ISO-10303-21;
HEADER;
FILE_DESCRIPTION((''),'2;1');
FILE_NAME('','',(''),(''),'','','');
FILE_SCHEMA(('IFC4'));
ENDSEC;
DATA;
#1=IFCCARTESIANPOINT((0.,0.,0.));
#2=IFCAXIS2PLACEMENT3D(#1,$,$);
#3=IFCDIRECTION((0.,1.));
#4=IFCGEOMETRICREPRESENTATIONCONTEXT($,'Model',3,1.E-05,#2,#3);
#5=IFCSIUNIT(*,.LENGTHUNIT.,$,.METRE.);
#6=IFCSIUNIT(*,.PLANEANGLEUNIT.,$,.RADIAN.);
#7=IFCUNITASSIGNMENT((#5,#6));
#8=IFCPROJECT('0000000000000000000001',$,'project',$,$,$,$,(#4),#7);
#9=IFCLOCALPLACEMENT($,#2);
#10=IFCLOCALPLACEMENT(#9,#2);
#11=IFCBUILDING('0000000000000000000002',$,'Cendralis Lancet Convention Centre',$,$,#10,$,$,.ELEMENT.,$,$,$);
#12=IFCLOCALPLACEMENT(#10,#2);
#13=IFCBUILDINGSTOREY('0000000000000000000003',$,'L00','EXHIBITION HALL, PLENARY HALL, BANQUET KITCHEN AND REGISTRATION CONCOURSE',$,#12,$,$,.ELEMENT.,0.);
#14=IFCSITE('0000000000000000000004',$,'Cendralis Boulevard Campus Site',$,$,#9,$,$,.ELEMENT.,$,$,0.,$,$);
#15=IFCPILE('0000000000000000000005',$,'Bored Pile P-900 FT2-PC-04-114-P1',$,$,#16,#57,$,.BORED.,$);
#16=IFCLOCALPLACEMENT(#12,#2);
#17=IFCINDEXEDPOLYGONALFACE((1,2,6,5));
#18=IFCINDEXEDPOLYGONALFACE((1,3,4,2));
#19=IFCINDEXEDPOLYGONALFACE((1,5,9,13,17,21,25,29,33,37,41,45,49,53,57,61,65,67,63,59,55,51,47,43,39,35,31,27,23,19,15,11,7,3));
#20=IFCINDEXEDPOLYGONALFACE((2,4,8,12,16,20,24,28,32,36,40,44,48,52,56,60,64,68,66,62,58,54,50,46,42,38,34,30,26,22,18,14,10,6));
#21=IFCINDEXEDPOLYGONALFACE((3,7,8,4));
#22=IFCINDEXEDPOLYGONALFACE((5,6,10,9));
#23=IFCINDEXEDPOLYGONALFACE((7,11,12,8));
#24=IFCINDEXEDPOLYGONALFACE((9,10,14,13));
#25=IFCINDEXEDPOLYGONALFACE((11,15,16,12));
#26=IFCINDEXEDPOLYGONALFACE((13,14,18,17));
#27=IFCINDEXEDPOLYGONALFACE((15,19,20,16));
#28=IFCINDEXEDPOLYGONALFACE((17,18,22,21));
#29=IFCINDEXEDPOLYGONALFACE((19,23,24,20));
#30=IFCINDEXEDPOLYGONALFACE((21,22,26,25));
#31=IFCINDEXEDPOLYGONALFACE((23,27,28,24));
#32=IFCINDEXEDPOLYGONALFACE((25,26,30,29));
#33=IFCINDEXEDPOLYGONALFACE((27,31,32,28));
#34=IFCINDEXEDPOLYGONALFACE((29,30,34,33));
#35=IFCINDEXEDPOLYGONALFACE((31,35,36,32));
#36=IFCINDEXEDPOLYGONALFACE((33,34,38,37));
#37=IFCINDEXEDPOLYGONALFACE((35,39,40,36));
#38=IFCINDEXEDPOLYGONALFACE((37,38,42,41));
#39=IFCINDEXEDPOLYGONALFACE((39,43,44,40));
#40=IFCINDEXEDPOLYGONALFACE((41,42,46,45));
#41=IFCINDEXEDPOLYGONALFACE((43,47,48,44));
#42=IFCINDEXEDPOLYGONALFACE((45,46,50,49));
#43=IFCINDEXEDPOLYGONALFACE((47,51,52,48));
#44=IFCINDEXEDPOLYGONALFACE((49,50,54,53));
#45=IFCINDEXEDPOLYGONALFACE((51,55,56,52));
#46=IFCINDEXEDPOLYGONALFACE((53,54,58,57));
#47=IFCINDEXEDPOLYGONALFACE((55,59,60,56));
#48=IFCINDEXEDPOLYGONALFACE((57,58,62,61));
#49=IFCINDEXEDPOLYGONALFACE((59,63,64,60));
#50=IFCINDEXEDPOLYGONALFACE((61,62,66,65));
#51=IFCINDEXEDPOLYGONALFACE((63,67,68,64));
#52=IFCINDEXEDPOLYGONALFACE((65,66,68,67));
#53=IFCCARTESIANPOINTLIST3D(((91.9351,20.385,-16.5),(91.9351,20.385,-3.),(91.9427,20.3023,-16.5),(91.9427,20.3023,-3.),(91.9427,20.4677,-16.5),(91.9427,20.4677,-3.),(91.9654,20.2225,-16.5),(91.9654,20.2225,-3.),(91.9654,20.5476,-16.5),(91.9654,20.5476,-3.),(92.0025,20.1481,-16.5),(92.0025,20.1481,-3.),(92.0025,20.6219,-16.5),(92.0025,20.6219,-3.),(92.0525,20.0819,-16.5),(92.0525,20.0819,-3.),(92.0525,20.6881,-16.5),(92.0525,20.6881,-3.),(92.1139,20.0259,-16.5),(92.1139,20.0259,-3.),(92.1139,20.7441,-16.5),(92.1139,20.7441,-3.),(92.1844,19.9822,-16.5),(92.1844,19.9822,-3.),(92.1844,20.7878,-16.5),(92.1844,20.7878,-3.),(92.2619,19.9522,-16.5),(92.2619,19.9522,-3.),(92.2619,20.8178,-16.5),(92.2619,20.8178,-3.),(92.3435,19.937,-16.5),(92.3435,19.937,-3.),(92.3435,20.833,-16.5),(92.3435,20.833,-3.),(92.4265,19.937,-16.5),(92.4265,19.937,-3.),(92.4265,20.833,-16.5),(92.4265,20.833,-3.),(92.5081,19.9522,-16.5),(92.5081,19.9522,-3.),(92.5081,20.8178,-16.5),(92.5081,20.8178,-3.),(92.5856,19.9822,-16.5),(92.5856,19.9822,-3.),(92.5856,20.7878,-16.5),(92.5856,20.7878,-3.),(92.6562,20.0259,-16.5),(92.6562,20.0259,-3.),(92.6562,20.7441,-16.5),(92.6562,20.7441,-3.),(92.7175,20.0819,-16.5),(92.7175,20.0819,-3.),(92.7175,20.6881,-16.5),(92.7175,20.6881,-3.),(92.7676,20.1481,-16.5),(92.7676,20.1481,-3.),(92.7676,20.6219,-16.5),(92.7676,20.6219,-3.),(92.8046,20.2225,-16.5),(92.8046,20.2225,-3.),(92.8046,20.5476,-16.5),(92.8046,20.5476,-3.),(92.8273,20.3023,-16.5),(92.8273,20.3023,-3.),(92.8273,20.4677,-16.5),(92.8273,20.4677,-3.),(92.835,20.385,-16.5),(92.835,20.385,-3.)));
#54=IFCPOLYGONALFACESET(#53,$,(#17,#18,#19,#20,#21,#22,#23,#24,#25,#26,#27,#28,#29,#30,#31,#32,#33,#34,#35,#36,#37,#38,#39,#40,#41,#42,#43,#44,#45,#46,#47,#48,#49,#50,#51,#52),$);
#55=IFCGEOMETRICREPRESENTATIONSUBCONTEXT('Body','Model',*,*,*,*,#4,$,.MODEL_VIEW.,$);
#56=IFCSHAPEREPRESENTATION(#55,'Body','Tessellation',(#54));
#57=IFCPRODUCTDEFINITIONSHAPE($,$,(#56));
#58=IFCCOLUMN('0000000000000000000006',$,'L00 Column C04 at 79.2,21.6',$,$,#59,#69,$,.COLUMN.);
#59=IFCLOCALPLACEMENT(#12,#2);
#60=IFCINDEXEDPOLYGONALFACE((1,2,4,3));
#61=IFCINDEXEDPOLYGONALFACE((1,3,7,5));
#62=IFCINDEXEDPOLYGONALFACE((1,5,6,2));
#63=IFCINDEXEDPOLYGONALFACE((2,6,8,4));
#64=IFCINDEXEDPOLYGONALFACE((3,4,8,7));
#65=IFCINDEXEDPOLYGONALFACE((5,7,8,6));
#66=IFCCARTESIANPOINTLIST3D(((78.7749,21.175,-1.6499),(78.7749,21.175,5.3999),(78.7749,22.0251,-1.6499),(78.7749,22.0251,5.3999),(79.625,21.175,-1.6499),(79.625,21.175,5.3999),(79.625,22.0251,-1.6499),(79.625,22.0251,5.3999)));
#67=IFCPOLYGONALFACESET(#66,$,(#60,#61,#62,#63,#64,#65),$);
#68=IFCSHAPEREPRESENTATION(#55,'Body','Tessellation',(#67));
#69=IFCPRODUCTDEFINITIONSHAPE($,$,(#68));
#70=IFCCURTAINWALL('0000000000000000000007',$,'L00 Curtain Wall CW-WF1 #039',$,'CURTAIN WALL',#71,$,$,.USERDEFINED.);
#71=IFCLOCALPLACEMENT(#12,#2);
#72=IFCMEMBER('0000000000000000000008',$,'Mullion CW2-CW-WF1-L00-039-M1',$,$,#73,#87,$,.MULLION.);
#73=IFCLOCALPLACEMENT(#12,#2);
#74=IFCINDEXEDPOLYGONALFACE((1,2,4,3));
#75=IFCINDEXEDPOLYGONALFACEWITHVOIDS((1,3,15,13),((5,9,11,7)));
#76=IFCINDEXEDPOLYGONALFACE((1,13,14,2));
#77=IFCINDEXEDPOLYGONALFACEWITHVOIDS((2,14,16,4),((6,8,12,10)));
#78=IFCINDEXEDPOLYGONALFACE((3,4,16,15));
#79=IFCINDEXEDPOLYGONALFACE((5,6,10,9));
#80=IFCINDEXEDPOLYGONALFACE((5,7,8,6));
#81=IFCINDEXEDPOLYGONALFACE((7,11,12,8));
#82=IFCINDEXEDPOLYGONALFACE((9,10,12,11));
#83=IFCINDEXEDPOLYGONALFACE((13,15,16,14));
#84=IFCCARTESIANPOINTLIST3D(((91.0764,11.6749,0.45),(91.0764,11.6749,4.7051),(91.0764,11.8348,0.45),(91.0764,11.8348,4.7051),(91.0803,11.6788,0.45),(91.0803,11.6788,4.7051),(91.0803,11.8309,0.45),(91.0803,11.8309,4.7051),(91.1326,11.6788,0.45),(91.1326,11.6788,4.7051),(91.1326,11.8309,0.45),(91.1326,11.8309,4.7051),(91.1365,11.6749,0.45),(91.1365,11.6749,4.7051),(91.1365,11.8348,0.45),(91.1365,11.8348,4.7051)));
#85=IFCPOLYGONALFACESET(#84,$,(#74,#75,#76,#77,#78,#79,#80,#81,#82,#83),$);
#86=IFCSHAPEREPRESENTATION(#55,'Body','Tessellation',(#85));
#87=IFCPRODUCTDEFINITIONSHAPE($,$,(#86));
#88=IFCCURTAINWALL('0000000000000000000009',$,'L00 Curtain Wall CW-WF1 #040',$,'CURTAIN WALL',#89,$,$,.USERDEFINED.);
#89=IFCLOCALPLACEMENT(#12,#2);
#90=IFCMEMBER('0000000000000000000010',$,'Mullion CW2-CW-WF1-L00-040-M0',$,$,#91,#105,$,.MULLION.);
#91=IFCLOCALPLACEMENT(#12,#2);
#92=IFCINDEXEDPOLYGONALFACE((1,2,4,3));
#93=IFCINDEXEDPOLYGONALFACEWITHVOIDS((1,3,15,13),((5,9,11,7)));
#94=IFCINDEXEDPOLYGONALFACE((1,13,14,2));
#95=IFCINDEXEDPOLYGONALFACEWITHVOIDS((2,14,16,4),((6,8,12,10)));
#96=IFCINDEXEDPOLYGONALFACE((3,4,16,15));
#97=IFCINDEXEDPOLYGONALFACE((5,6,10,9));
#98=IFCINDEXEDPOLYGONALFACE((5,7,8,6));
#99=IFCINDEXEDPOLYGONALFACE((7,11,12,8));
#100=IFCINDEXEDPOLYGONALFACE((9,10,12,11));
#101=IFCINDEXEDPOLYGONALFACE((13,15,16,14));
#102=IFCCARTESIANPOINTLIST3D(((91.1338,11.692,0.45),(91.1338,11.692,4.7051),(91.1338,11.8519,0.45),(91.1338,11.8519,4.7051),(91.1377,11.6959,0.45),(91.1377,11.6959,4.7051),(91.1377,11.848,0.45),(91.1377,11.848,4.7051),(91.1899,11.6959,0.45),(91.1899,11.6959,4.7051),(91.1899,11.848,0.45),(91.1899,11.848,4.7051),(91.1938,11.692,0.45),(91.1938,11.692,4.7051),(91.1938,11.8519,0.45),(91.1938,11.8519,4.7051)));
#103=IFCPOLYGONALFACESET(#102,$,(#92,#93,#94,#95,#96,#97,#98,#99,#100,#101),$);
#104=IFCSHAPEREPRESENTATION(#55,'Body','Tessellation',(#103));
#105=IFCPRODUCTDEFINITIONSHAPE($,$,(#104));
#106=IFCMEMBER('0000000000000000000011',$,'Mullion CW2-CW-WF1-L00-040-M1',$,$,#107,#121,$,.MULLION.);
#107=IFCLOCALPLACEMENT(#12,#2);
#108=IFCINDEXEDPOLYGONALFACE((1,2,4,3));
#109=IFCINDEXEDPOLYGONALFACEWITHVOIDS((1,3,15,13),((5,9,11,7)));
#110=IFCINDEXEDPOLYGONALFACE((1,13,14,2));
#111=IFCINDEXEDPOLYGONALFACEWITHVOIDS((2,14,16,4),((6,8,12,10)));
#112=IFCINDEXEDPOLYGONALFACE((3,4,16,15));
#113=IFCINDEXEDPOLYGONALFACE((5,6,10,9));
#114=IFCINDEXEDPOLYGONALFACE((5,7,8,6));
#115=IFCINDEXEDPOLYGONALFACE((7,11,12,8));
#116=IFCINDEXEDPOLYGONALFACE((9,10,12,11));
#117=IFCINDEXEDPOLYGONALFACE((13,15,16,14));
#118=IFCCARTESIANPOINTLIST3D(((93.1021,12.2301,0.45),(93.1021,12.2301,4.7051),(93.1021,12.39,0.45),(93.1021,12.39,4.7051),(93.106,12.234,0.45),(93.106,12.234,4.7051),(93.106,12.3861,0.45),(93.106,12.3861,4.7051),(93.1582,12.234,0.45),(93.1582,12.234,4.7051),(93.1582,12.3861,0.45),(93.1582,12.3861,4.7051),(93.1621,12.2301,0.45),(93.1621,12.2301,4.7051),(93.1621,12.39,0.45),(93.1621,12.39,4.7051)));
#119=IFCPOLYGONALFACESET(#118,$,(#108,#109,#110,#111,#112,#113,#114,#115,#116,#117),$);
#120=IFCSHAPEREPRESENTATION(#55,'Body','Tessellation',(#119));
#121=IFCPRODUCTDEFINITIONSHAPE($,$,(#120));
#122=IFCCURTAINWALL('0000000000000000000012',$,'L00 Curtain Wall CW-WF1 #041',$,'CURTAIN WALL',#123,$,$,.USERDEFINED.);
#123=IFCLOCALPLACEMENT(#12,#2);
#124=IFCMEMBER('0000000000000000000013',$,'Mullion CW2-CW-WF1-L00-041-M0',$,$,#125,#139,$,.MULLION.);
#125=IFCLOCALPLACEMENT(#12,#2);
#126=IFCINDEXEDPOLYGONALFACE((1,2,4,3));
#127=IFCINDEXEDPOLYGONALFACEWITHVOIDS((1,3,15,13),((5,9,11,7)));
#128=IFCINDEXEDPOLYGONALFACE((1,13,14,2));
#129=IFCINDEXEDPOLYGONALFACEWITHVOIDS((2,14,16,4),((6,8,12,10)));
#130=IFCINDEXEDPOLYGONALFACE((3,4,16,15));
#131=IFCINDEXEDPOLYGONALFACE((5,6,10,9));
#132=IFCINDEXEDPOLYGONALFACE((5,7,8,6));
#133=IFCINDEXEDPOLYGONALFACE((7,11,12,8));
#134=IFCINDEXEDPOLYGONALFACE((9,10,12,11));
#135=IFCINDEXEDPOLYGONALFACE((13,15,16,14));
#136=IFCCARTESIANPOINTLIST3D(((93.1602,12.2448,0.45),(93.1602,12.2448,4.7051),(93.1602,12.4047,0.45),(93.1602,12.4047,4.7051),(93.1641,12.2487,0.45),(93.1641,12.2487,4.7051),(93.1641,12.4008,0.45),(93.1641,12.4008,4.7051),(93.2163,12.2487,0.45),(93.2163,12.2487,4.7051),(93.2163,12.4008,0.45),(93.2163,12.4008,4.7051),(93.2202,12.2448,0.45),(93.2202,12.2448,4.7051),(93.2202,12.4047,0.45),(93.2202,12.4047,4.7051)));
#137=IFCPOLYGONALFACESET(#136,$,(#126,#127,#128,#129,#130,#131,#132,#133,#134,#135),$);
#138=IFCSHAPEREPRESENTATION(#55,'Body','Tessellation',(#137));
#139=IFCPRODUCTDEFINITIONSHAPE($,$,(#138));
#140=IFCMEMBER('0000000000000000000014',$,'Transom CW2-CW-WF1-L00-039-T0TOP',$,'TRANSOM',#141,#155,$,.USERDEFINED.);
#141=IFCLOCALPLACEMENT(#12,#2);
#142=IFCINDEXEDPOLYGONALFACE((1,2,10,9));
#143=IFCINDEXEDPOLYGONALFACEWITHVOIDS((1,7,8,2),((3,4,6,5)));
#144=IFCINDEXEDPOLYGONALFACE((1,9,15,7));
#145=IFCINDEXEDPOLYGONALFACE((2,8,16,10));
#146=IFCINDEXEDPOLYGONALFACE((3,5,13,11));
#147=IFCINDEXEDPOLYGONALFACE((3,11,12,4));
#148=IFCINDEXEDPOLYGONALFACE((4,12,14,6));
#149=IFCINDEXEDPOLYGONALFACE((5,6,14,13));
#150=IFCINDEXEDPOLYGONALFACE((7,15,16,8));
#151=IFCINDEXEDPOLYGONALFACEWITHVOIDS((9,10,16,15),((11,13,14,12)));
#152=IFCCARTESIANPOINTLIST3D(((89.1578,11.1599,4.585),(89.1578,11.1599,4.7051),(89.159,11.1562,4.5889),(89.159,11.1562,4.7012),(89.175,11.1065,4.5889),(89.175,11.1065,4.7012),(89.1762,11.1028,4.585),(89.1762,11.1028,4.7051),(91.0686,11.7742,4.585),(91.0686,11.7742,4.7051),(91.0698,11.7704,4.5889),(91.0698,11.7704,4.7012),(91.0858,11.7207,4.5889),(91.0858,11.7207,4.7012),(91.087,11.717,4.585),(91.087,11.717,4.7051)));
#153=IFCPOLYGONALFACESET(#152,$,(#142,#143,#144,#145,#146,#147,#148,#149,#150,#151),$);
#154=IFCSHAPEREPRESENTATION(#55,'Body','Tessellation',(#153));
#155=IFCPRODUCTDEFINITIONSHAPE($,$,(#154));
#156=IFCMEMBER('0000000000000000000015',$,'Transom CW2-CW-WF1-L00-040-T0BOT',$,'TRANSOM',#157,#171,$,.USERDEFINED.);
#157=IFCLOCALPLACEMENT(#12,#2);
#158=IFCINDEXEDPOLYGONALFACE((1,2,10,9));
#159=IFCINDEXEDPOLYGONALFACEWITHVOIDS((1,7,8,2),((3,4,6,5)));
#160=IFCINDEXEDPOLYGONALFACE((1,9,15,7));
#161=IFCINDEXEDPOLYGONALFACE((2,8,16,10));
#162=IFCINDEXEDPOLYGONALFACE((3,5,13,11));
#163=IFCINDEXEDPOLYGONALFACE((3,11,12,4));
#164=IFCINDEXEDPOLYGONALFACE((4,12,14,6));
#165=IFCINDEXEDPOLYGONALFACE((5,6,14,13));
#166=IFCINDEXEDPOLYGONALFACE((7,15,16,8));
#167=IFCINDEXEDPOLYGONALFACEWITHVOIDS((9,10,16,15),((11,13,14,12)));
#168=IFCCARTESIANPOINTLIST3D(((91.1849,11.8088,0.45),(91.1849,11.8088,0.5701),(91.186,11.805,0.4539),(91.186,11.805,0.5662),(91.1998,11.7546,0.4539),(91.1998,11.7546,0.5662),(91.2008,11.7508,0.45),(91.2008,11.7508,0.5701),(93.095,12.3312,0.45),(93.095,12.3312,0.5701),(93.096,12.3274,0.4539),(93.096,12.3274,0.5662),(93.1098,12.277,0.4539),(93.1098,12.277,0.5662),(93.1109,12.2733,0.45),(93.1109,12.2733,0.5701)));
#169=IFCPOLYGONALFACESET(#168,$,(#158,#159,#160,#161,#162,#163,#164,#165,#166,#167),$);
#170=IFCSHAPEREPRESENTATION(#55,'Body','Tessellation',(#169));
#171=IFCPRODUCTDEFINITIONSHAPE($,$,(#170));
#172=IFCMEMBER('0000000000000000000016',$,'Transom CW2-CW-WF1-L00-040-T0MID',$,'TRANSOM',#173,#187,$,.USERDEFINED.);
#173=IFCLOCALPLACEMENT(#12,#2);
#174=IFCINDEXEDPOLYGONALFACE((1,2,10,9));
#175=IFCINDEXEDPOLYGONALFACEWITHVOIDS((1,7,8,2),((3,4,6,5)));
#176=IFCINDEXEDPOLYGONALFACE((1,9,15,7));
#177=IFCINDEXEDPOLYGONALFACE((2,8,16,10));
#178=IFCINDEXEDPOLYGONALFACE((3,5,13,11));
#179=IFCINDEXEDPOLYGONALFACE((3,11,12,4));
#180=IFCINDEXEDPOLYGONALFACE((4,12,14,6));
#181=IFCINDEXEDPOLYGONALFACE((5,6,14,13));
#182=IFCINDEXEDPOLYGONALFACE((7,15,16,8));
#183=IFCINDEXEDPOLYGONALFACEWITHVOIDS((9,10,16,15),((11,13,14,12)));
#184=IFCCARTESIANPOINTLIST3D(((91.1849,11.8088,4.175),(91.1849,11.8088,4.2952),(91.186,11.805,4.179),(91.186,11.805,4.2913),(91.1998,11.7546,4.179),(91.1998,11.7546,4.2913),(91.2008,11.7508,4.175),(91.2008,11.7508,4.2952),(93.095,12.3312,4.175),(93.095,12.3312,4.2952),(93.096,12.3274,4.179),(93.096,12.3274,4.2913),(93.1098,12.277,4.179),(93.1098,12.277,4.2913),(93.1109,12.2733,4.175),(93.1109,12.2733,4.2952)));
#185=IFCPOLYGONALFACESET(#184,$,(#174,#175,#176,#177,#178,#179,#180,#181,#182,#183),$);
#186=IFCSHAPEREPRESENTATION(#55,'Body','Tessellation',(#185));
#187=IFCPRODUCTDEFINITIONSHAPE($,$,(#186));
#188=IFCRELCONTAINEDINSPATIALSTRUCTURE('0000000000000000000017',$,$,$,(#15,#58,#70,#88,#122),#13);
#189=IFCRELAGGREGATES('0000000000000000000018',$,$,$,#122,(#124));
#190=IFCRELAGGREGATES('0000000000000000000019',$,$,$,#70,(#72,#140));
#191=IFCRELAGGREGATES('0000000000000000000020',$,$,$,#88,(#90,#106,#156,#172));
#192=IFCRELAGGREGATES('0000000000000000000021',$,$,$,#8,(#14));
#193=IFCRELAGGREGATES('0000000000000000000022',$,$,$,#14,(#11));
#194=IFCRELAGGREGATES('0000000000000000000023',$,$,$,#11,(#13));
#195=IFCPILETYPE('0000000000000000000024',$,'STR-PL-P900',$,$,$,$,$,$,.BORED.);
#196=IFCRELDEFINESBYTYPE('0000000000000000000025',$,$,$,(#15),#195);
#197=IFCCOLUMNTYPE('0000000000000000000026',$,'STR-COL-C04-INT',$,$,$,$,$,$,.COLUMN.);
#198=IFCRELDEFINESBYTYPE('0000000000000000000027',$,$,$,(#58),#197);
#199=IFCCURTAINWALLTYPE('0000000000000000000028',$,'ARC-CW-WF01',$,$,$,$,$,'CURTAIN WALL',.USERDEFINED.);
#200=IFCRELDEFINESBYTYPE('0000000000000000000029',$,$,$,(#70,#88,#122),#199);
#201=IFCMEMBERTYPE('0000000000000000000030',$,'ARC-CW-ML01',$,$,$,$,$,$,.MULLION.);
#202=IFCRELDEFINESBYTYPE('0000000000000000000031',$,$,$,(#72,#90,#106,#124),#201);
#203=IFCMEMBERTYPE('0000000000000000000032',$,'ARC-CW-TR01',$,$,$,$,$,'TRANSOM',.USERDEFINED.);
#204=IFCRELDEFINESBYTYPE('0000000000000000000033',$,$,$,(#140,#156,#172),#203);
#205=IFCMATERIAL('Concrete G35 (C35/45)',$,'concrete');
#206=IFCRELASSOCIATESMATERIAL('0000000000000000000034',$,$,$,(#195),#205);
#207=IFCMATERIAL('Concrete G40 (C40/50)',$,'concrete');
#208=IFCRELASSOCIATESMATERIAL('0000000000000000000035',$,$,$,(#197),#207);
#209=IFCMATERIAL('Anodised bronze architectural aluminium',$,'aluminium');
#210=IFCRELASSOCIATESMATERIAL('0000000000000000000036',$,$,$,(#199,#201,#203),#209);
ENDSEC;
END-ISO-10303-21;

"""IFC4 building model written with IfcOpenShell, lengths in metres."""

from ifc_helpers import new_model, si_unit, direction, frame, origin, origin_2d, place, context, subcontext, project, spatial, rectangle, hollow_rectangle, circle, extrude, material, material_profile, profile_set, type_object, element, aggregate, save


model = new_model("IFC4")

# Units and contexts
model_context = context("Model", 3, precision=1e-05, world=origin(), true_north=direction((0.0, 1.0)))
body_context = subcontext(model_context, "Body", "Model", "MODEL_VIEW")
ifc_project = project(units=[si_unit("LENGTHUNIT", "METRE"), si_unit("PLANEANGLEUNIT", "RADIAN")], contexts=[model_context])

# Site, building, storey
site_placement = place(None, origin())
site = spatial("IfcSite", under=ifc_project, at=site_placement, Name="Cendralis Boulevard Campus Site", CompositionType="ELEMENT", RefElevation=0.0)
building_placement = place(site_placement, origin())
building = spatial("IfcBuilding", under=site, at=building_placement, Name="Cendralis Lancet Convention Centre", CompositionType="ELEMENT")
storey_placement = place(building_placement, origin())
storey = spatial("IfcBuildingStorey", under=building, at=storey_placement, Name="L00", Description="EXHIBITION HALL, PLENARY HALL, BANQUET KITCHEN AND REGISTRATION CONCOURSE", CompositionType="ELEMENT", Elevation=0.0)

# Shared definitions
ifc_material_1 = material(Name="Concrete G35 (C35/45)", Category="concrete")

# Pile
ifc_material_profile_1 = material_profile(ifc_material_1, circle(Radius=0.45, at=origin_2d()), Name="BORED PILE D900")
ifc_profile_set_1 = profile_set([ifc_material_profile_1], Name="Concrete G35 (C35/45)")
pile_type = type_object("IfcPileType", Name="STR-PL-P900", PredefinedType="BORED", material=ifc_profile_set_1)
for number, where, z_axis, x_axis, name in (
    (1, (92.385, 20.385, -3.0), (0.0, 0.0, -1.0), (1.0, 0.0, 0.0), "Bored Pile P-900 FT2-PC-04-114-P1"),
):
    element("IfcPile", number, at=place(storey_placement, frame(where, z_axis=z_axis, x_axis=x_axis)), inside=storey, type_object=pile_type, Name=name, PredefinedType="BORED", context=body_context, shape_type="SweptSolid", body=[
        extrude(circle(Radius=0.45, at=origin_2d()), origin(), (0.0, 0.0, 1.0), 13.5),
    ])

# Column
ifc_material_2 = material(Name="Concrete G40 (C40/50)", Category="concrete")
ifc_material_profile_2 = material_profile(ifc_material_2, rectangle(XDim=0.8501, YDim=0.8501, at=origin_2d()), Name="RC 850x850")
ifc_profile_set_2 = profile_set([ifc_material_profile_2], Name="Concrete G40 (C40/50)")
column_type = type_object("IfcColumnType", Name="STR-COL-C04-INT", PredefinedType="COLUMN", material=ifc_profile_set_2)
column_placement = place(storey_placement, frame((79.2, 21.6001, -1.6499), z_axis=(0.0, 0.0, 1.0), x_axis=(1.0, 0.0, 0.0)))
element("IfcColumn", 2, at=column_placement, inside=storey, type_object=column_type, Name="L00 Column C04 at 79.2,21.6", PredefinedType="COLUMN", context=body_context, shape_type="SweptSolid", body=[
    extrude(rectangle(XDim=0.8501, YDim=0.8501, at=origin_2d()), origin(), (0.0, 0.0, 1.0), 7.0498),
])

# Curtain wall, member
ifc_material_3 = material(Name="Anodised bronze architectural aluminium", Category="aluminium")
curtain_wall_type = type_object("IfcCurtainWallType", Name="ARC-CW-WF01", ElementType="CURTAIN WALL", PredefinedType="USERDEFINED", material=ifc_material_3)
curtain_wall_1_placement = place(storey_placement, origin())
curtain_wall_1 = element("IfcCurtainWall", 3, at=curtain_wall_1_placement, inside=storey, type_object=curtain_wall_type, Name="L00 Curtain Wall CW-WF1 #039", ObjectType="CURTAIN WALL", PredefinedType="USERDEFINED")
ifc_material_profile_3 = material_profile(ifc_material_3, hollow_rectangle(XDim=0.0601, YDim=0.1599, WallThickness=0.0039, at=origin_2d()), Name="AL-MULL 60x160x4.0")
ifc_profile_set_3 = profile_set([ifc_material_profile_3], Name="Anodised bronze architectural aluminium")
member_type_1 = type_object("IfcMemberType", Name="ARC-CW-ML01", PredefinedType="MULLION", material=ifc_profile_set_3)
member_1_placement = place(storey_placement, frame((91.1064, 11.7549, 0.45), z_axis=(0.0, 0.0, 1.0), x_axis=(1.0, 0.0, 0.0)))
member_1 = element("IfcMember", 4, at=member_1_placement, type_object=member_type_1, Name="Mullion CW2-CW-WF1-L00-039-M1", PredefinedType="MULLION", context=body_context, shape_type="SweptSolid", body=[
    extrude(hollow_rectangle(XDim=0.0601, YDim=0.1599, WallThickness=0.0039, at=origin_2d()), origin(), (0.0, 0.0, 1.0), 4.2551),
])

# Curtain wall, members
curtain_wall_2_placement = place(storey_placement, origin())
curtain_wall_2 = element("IfcCurtainWall", 5, at=curtain_wall_2_placement, inside=storey, type_object=curtain_wall_type, Name="L00 Curtain Wall CW-WF1 #040", ObjectType="CURTAIN WALL", PredefinedType="USERDEFINED")
member_2_placement = place(storey_placement, frame((91.1638, 11.772, 0.45), z_axis=(0.0, 0.0, 1.0), x_axis=(1.0, 0.0, 0.0)))
member_2 = element("IfcMember", 6, at=member_2_placement, type_object=member_type_1, Name="Mullion CW2-CW-WF1-L00-040-M0", PredefinedType="MULLION", context=body_context, shape_type="SweptSolid", body=[
    extrude(hollow_rectangle(XDim=0.0601, YDim=0.1599, WallThickness=0.0039, at=origin_2d()), origin(), (0.0, 0.0, 1.0), 4.2551),
])
member_3_placement = place(storey_placement, frame((93.1321, 12.3101, 0.45), z_axis=(0.0, 0.0, 1.0), x_axis=(1.0, 0.0, 0.0)))
member_3 = element("IfcMember", 7, at=member_3_placement, type_object=member_type_1, Name="Mullion CW2-CW-WF1-L00-040-M1", PredefinedType="MULLION", context=body_context, shape_type="SweptSolid", body=[
    extrude(hollow_rectangle(XDim=0.0601, YDim=0.1599, WallThickness=0.0039, at=origin_2d()), origin(), (0.0, 0.0, 1.0), 4.2551),
])

# Curtain wall, member
curtain_wall_3_placement = place(storey_placement, origin())
curtain_wall_3 = element("IfcCurtainWall", 8, at=curtain_wall_3_placement, inside=storey, type_object=curtain_wall_type, Name="L00 Curtain Wall CW-WF1 #041", ObjectType="CURTAIN WALL", PredefinedType="USERDEFINED")
member_4_placement = place(storey_placement, frame((93.1902, 12.3247, 0.45), z_axis=(0.0, 0.0, 1.0), x_axis=(1.0, 0.0, 0.0)))
member_4 = element("IfcMember", 9, at=member_4_placement, type_object=member_type_1, Name="Mullion CW2-CW-WF1-L00-041-M0", PredefinedType="MULLION", context=body_context, shape_type="SweptSolid", body=[
    extrude(hollow_rectangle(XDim=0.0601, YDim=0.1599, WallThickness=0.0039, at=origin_2d()), origin(), (0.0, 0.0, 1.0), 4.2551),
])

# Members
ifc_material_profile_4 = material_profile(ifc_material_3, hollow_rectangle(XDim=0.0601, YDim=0.1201, WallThickness=0.0039, at=origin_2d()), Name="AL-TRAN 60x120x4.0")
ifc_profile_set_4 = profile_set([ifc_material_profile_4], Name="Anodised bronze architectural aluminium")
member_type_2 = type_object("IfcMemberType", Name="ARC-CW-TR01", ElementType="TRANSOM", PredefinedType="USERDEFINED", material=ifc_profile_set_4)
member_5_placement = place(storey_placement, frame((89.167, 11.1313, 4.645), z_axis=(0.952022, 0.306029, 0.0), x_axis=(-0.306029, 0.952022, 0.0)))
member_5 = element("IfcMember", 10, at=member_5_placement, type_object=member_type_2, Name="Transom CW2-CW-WF1-L00-039-T0TOP", ObjectType="TRANSOM", PredefinedType="USERDEFINED", context=body_context, shape_type="SweptSolid", body=[
    extrude(hollow_rectangle(XDim=0.0601, YDim=0.1201, WallThickness=0.0039, at=origin_2d()), origin(), (0.0, 0.0, 1.0), 2.0071),
])
member_6_placement = place(storey_placement, frame((91.1929, 11.7798, 0.51), z_axis=(0.96457, 0.263827, 0.0), x_axis=(-0.263827, 0.96457, 0.0)))
member_6 = element("IfcMember", 11, at=member_6_placement, type_object=member_type_2, Name="Transom CW2-CW-WF1-L00-040-T0BOT", ObjectType="TRANSOM", PredefinedType="USERDEFINED", context=body_context, shape_type="SweptSolid", body=[
    extrude(hollow_rectangle(XDim=0.0601, YDim=0.1201, WallThickness=0.0039, at=origin_2d()), origin(), (0.0, 0.0, 1.0), 1.9802),
])
member_7_placement = place(storey_placement, frame((91.1929, 11.7798, 4.2351), z_axis=(0.96457, 0.263827, 0.0), x_axis=(-0.263827, 0.96457, 0.0)))
member_7 = element("IfcMember", 12, at=member_7_placement, type_object=member_type_2, Name="Transom CW2-CW-WF1-L00-040-T0MID", ObjectType="TRANSOM", PredefinedType="USERDEFINED", context=body_context, shape_type="SweptSolid", body=[
    extrude(hollow_rectangle(XDim=0.0601, YDim=0.1201, WallThickness=0.0039, at=origin_2d()), origin(), (0.0, 0.0, 1.0), 1.9802),
])
aggregate(curtain_wall_3, [member_4])

aggregate(curtain_wall_1, [member_1, member_5])
aggregate(curtain_wall_2, [member_2, member_3, member_6, member_7])

save(model, "model.ifc")
